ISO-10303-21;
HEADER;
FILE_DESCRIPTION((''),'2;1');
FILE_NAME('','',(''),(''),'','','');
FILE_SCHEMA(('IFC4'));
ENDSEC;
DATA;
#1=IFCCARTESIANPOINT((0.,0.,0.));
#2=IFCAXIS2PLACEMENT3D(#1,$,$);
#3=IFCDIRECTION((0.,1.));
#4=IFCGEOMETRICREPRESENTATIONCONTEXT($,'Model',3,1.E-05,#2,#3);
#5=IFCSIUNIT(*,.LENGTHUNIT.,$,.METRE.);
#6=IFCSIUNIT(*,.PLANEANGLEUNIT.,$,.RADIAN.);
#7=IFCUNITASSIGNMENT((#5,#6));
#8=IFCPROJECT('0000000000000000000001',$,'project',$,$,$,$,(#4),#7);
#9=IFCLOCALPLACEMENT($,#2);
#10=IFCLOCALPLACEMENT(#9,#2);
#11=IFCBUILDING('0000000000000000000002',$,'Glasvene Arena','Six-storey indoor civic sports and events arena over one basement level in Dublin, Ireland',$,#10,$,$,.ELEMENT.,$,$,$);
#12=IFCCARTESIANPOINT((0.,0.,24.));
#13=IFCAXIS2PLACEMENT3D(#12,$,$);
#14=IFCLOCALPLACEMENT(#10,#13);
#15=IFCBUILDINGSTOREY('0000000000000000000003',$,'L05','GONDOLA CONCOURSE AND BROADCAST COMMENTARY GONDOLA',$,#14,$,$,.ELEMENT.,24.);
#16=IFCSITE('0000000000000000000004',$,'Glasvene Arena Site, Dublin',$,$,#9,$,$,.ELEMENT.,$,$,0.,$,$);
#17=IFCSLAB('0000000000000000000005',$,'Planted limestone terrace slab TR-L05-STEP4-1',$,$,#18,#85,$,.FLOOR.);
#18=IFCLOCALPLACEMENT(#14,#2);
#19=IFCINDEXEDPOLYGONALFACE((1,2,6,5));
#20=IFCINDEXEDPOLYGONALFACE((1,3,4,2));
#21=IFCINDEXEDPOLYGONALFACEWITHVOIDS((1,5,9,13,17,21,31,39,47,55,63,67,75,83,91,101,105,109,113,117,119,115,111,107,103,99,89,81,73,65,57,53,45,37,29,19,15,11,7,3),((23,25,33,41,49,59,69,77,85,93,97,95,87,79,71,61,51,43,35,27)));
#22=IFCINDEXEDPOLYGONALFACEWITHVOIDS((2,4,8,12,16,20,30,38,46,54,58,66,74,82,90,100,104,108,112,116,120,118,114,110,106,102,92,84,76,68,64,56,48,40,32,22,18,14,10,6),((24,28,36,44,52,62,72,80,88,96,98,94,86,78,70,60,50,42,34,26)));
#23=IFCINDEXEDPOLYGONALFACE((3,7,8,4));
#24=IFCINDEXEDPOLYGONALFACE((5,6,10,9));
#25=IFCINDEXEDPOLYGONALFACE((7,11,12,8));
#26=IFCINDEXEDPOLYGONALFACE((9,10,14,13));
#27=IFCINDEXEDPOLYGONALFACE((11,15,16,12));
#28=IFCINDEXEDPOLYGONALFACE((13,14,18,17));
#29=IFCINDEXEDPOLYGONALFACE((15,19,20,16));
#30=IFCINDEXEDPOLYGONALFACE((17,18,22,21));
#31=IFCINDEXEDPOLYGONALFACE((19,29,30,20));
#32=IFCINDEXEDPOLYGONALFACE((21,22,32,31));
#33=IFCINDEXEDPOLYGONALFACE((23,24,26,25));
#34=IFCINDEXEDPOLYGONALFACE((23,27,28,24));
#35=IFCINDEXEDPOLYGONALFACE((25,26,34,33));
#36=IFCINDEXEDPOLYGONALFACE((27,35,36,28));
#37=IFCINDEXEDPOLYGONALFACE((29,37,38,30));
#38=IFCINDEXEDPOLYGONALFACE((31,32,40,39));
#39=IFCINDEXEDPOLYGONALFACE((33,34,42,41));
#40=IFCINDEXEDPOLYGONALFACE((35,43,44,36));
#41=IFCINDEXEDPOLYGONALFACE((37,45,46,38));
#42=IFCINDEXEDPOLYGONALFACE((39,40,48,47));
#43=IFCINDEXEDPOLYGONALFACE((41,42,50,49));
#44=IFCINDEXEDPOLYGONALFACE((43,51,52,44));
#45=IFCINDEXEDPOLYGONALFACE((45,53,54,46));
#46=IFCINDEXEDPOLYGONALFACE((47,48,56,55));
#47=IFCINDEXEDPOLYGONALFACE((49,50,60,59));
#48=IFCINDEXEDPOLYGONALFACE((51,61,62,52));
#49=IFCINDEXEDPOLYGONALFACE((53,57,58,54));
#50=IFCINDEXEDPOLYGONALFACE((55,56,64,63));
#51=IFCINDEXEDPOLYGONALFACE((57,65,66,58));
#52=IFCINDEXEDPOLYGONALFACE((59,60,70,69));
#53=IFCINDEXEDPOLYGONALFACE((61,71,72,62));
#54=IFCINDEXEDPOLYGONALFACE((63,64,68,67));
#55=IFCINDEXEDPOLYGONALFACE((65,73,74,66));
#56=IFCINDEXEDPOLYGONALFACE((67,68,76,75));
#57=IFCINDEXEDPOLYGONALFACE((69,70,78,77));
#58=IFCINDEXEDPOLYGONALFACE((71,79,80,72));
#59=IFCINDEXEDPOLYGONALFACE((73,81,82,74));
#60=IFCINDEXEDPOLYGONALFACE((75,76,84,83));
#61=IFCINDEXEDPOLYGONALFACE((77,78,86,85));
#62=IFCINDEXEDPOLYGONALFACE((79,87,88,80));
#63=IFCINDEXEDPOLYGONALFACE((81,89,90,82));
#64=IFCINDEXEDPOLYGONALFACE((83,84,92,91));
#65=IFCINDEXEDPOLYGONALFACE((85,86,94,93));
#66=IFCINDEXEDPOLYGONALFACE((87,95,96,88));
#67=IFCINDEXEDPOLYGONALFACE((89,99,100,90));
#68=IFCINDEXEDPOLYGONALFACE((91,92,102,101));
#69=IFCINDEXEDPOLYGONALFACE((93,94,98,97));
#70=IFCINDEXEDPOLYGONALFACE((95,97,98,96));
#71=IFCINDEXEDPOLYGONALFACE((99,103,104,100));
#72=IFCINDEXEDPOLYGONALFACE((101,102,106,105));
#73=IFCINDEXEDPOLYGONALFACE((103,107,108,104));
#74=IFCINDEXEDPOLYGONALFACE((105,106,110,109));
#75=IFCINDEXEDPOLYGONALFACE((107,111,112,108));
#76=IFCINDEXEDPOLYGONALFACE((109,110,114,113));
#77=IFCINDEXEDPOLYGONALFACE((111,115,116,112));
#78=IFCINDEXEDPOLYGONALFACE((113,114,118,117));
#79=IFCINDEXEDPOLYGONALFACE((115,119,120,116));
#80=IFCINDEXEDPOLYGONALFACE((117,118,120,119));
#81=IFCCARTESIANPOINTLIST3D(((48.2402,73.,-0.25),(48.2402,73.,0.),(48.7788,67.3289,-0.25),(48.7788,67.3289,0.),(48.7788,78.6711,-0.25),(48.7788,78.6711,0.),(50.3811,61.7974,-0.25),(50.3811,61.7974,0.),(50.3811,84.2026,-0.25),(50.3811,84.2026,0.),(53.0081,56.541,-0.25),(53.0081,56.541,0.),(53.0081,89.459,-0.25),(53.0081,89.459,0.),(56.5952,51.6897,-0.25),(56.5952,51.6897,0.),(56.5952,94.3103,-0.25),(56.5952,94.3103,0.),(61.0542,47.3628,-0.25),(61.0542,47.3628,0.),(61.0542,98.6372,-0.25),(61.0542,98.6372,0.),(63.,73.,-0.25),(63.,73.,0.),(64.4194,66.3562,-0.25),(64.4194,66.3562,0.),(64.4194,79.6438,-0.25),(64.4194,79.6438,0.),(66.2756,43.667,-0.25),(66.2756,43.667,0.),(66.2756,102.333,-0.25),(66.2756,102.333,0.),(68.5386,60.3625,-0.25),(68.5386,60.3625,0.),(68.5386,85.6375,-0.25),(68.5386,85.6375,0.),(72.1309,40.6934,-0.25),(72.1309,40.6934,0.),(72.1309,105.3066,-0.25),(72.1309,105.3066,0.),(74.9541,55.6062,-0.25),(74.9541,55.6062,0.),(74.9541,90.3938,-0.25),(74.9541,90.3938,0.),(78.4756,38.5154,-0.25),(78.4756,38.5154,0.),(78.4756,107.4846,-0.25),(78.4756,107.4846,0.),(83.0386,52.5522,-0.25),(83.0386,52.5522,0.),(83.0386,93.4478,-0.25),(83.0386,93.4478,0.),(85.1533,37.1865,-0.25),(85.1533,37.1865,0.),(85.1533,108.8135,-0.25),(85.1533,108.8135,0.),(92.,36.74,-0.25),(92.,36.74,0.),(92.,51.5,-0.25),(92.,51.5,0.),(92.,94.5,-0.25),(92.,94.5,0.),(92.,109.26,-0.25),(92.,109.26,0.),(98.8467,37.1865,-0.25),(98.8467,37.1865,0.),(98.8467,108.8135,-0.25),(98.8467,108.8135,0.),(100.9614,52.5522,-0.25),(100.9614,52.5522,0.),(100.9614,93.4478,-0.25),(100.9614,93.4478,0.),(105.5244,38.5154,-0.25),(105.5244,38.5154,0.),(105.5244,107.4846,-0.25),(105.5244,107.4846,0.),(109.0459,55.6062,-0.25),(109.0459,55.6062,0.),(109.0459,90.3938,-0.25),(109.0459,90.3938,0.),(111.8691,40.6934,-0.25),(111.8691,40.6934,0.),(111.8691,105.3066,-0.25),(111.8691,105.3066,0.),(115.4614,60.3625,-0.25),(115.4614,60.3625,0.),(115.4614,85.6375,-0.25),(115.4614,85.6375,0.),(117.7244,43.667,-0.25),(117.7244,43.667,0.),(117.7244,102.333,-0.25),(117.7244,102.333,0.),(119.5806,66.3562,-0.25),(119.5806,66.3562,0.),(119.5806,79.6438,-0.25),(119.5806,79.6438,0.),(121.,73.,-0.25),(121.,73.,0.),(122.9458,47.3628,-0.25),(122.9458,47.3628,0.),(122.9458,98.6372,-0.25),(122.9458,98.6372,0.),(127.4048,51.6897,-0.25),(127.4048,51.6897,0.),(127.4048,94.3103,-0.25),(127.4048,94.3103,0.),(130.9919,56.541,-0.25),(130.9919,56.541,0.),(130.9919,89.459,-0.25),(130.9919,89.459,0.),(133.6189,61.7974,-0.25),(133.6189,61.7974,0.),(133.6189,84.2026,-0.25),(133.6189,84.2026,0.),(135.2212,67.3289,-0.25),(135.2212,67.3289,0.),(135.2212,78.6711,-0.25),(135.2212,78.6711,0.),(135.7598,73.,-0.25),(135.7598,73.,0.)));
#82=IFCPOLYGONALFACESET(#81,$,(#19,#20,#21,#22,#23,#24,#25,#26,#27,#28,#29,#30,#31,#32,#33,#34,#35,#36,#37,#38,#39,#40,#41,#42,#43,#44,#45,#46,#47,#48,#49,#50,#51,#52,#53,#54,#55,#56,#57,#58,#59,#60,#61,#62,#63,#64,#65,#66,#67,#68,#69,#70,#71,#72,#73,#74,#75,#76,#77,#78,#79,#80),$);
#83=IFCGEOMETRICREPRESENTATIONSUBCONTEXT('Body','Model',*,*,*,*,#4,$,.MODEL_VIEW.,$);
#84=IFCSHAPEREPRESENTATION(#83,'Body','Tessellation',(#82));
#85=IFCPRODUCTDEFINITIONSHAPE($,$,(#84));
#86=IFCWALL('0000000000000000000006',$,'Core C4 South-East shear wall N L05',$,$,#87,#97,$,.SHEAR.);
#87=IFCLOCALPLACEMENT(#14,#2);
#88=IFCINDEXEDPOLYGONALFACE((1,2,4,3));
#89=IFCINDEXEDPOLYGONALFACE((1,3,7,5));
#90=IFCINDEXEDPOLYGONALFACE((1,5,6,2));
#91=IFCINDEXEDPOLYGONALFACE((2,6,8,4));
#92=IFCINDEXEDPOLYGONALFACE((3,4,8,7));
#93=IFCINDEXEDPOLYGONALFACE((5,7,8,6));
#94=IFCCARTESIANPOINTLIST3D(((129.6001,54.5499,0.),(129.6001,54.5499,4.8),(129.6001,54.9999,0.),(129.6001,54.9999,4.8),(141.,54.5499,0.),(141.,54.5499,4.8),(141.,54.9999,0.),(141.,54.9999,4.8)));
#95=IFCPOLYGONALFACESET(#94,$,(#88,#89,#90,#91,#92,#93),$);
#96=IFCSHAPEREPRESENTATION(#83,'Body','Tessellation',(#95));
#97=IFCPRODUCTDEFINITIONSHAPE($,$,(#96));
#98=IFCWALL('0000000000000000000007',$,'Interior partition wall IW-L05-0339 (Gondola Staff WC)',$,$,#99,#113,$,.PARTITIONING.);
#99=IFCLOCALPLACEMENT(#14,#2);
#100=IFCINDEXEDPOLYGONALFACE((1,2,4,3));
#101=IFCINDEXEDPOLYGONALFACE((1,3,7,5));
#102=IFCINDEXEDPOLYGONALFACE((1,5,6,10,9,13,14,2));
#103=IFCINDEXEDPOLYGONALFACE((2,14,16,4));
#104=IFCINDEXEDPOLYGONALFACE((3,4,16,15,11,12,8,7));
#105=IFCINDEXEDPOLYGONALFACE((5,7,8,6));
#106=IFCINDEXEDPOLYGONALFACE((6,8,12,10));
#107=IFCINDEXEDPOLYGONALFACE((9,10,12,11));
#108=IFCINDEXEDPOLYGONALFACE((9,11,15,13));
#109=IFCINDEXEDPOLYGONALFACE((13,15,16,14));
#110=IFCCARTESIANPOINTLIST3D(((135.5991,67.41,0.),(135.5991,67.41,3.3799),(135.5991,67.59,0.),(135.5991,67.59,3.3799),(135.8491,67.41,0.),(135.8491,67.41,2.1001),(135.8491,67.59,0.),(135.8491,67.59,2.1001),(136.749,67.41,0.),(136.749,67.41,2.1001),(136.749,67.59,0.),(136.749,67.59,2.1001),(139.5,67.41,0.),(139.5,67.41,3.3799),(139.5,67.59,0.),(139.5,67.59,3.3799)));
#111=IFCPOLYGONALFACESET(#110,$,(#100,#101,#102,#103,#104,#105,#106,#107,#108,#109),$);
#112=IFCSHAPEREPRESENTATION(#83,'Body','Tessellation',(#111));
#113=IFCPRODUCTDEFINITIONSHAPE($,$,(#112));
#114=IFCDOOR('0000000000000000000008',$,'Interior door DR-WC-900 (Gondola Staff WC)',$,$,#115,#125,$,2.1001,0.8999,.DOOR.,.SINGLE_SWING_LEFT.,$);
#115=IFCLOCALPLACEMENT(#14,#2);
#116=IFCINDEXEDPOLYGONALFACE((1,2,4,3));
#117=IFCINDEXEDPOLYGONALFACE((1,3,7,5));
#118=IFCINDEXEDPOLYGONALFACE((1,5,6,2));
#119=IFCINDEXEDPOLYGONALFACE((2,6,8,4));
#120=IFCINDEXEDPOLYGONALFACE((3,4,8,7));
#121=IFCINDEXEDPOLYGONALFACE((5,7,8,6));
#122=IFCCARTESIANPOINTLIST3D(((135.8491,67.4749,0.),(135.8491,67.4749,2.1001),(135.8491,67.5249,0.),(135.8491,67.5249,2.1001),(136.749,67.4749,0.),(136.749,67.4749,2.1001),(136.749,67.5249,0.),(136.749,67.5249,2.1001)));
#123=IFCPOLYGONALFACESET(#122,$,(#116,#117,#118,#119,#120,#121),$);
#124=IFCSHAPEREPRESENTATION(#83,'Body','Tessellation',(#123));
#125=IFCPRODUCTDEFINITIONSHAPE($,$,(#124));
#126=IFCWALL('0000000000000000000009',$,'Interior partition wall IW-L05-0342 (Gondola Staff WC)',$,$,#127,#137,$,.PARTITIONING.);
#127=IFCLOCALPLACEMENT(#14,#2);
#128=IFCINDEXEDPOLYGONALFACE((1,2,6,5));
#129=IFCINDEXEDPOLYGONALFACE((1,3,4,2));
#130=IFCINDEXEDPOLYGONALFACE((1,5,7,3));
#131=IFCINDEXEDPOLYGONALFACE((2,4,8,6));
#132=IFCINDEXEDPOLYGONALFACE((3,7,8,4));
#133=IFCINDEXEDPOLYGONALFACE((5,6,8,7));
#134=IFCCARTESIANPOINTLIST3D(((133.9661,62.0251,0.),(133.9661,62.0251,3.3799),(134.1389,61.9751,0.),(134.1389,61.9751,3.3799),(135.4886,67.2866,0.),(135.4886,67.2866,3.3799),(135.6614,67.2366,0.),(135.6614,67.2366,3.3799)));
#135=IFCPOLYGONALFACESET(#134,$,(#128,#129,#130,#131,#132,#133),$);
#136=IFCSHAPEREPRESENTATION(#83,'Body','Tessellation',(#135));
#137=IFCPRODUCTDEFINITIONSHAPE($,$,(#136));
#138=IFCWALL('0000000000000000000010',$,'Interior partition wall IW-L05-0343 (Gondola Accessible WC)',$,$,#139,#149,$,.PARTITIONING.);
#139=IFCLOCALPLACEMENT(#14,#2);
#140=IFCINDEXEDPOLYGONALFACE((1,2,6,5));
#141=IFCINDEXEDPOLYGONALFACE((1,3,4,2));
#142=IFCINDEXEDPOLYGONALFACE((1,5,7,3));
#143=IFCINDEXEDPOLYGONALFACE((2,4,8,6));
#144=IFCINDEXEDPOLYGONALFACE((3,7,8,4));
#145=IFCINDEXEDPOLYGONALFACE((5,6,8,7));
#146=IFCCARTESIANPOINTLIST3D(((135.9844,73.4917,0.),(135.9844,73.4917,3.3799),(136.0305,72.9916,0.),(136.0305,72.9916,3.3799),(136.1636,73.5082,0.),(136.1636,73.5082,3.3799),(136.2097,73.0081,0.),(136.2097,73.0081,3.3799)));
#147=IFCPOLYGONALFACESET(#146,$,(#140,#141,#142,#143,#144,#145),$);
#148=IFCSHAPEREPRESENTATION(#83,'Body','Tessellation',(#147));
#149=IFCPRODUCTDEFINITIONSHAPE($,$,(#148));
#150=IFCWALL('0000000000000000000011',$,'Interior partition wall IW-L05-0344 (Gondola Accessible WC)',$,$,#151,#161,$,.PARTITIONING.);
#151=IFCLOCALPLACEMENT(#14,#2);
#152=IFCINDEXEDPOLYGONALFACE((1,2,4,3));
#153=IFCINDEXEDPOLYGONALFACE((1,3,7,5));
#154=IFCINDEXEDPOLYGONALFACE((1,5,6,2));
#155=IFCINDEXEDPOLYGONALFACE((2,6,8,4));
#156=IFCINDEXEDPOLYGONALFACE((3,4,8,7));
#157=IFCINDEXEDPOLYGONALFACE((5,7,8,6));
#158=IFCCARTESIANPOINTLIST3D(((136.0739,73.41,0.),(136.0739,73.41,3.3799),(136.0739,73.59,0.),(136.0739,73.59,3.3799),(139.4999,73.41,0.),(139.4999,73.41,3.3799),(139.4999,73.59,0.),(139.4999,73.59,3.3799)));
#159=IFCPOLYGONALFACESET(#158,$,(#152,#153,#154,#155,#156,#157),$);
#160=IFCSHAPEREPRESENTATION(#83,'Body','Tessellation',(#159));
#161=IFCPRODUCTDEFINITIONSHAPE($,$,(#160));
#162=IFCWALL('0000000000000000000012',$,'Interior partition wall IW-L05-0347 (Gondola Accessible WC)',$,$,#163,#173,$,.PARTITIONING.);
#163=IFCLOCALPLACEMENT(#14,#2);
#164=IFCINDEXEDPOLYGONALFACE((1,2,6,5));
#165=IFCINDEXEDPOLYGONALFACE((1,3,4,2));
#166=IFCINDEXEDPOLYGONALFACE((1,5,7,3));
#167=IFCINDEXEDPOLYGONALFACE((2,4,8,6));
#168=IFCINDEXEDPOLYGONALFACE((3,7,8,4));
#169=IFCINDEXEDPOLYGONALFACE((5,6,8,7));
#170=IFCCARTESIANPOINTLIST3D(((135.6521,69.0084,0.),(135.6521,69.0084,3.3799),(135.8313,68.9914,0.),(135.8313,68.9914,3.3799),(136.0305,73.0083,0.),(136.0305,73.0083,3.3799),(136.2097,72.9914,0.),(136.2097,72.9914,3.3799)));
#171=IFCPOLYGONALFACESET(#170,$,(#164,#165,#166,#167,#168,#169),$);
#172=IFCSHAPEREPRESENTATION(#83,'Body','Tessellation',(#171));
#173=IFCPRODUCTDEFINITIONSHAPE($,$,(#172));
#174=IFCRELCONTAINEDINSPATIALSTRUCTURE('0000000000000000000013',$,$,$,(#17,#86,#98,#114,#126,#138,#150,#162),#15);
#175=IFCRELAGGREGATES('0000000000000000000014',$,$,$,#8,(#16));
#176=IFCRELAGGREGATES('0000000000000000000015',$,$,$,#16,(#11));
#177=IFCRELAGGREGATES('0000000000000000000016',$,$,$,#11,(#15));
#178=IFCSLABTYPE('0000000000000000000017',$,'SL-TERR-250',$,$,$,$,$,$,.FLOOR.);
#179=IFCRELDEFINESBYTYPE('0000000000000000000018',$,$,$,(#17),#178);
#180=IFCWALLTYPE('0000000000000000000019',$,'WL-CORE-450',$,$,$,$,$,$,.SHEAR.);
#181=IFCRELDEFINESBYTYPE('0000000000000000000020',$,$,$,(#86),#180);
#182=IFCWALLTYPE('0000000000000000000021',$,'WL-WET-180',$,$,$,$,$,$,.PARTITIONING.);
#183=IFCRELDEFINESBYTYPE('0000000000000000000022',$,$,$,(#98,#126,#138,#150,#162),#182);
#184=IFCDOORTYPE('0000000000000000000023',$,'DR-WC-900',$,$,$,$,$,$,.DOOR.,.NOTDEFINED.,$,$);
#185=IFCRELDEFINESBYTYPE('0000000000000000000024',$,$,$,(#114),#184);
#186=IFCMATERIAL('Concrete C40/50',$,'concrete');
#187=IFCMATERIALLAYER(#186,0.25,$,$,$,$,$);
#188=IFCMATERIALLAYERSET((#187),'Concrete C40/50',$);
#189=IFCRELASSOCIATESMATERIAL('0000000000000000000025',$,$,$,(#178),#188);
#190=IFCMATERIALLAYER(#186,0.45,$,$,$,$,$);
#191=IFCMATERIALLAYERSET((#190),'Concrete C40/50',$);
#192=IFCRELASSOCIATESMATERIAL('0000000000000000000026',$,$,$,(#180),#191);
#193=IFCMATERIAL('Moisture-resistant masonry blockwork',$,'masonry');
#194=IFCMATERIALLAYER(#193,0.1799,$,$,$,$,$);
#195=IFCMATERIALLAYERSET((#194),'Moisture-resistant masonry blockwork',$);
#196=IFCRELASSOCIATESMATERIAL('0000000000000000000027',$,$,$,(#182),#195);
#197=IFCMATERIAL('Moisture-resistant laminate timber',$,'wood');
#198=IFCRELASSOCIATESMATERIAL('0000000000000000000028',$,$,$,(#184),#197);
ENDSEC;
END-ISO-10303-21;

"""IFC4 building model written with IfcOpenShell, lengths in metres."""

from ifc_helpers import new_model, si_unit, direction, frame, frame_2d, origin, place, context, subcontext, project, spatial, polyline, rectangle, outline, extrude, material, layer, layer_set, type_object, element, fill, save


model = new_model("IFC4")

# Units and contexts
model_context = context("Model", 3, precision=1e-05, world=origin(), true_north=direction((0.0, 1.0)))
body_context = subcontext(model_context, "Body", "Model", "MODEL_VIEW")
ifc_project = project(units=[si_unit("LENGTHUNIT", "METRE"), si_unit("PLANEANGLEUNIT", "RADIAN")], contexts=[model_context])

# Site, building, storey
site_placement = place(None, origin())
site = spatial("IfcSite", under=ifc_project, at=site_placement, Name="Glasvene Arena Site, Dublin", CompositionType="ELEMENT", RefElevation=0.0)
building_placement = place(site_placement, origin())
building = spatial("IfcBuilding", under=site, at=building_placement, Name="Glasvene Arena", Description="Six-storey indoor civic sports and events arena over one basement level in Dublin, Ireland", CompositionType="ELEMENT")
storey_placement = place(building_placement, frame((0.0, 0.0, 24.0)))
storey = spatial("IfcBuildingStorey", under=building, at=storey_placement, Name="L05", Description="GONDOLA CONCOURSE AND BROADCAST COMMENTARY GONDOLA", CompositionType="ELEMENT", Elevation=24.0)

# Slab
ifc_material_1 = material(Name="Concrete C40/50", Category="concrete")
ifc_layer_1 = layer(ifc_material_1, 0.25)
ifc_layer_set_1 = layer_set([ifc_layer_1], Name="Concrete C40/50")
slab_type = type_object("IfcSlabType", Name="SL-TERR-250", PredefinedType="FLOOR", material=ifc_layer_set_1)
slab_placement = place(storey_placement, frame((92.0, 73.0, -0.25)))
element("IfcSlab", 1, at=slab_placement, inside=storey, type_object=slab_type, Name="Planted limestone terrace slab TR-L05-STEP4-1", PredefinedType="FLOOR", context=body_context, shape_type="SweptSolid", body=[
    extrude(outline(polyline([(43.2212, -5.6711), (41.6189, -11.2026), (38.9919, -16.459), (35.4048, -21.3103), (30.9458, -25.6372), (25.7244, -29.333), (19.8691, -32.3066), (13.5244, -34.4846), (6.8467, -35.8135), (0.0, -36.26), (-6.8467, -35.8135), (-13.5244, -34.4846), (-19.8691, -32.3066), (-25.7244, -29.333), (-30.9458, -25.6372), (-35.4048, -21.3103), (-38.9919, -16.459), (-41.6189, -11.2026), (-43.2212, -5.6711), (-43.7598, 0.0), (-43.2212, 5.6711), (-41.6189, 11.2026), (-38.9919, 16.459), (-35.4048, 21.3103), (-30.9458, 25.6372), (-25.7244, 29.333), (-19.8691, 32.3066), (-13.5244, 34.4846), (-6.8467, 35.8135), (0.0, 36.26), (6.8467, 35.8135), (13.5244, 34.4846), (19.8691, 32.3066), (25.7244, 29.333), (30.9458, 25.6372), (35.4048, 21.3103), (38.9919, 16.459), (41.6189, 11.2026), (43.2212, 5.6711), (43.7598, 0.0), (43.2212, -5.6711)]), holes=[polyline([(17.0459, 17.3938), (8.9614, 20.4478), (0.0, 21.5), (-8.9614, 20.4478), (-17.0459, 17.3938), (-23.4614, 12.6375), (-27.5806, 6.6438), (-29.0, 0.0), (-27.5806, -6.6438), (-23.4614, -12.6375), (-17.0459, -17.3938), (-8.9614, -20.4478), (0.0, -21.5), (8.9614, -20.4478), (17.0459, -17.3938), (23.4614, -12.6375), (27.5806, -6.6438), (29.0, 0.0), (27.5806, 6.6438), (23.4614, 12.6375), (17.0459, 17.3938)])]), origin(), (0.0, 0.0, 1.0), 0.25),
])

# Wall
ifc_layer_2 = layer(ifc_material_1, 0.45)
ifc_layer_set_2 = layer_set([ifc_layer_2], Name="Concrete C40/50")
wall_type_1 = type_object("IfcWallType", Name="WL-CORE-450", PredefinedType="SHEAR", material=ifc_layer_set_2)
wall_1_placement = place(storey_placement, frame((129.6001, 54.7749, 0.0), z_axis=(0.0, 0.0, 1.0), x_axis=(1.0, 0.0, 0.0)))
element("IfcWall", 2, at=wall_1_placement, inside=storey, type_object=wall_type_1, Name="Core C4 South-East shear wall N L05", PredefinedType="SHEAR", context=body_context, shape_type="SweptSolid", body=[
    extrude(rectangle(XDim=11.3999, YDim=0.45, at=frame_2d((5.7, 0.0))), origin(), (0.0, 0.0, 1.0), 4.8),
])

# Wall, opening, door
ifc_material_2 = material(Name="Moisture-resistant masonry blockwork", Category="masonry")
ifc_layer_3 = layer(ifc_material_2, 0.1799)
ifc_layer_set_3 = layer_set([ifc_layer_3], Name="Moisture-resistant masonry blockwork")
wall_type_2 = type_object("IfcWallType", Name="WL-WET-180", PredefinedType="PARTITIONING", material=ifc_layer_set_3)
wall_2_placement = place(storey_placement, frame((135.5991, 67.5, 0.0), z_axis=(0.0, 0.0, 1.0), x_axis=(1.0, 0.0, 0.0)))
wall_2 = element("IfcWall", 3, at=wall_2_placement, inside=storey, type_object=wall_type_2, Name="Interior partition wall IW-L05-0339 (Gondola Staff WC)", PredefinedType="PARTITIONING", context=body_context, shape_type="SweptSolid", body=[
    extrude(rectangle(XDim=3.9009, YDim=0.1799, at=frame_2d((1.9504, 0.0))), origin(), (0.0, 0.0, 1.0), 3.3799),
])
opening_placement = place(wall_2_placement, frame((0.25, 0.0, 0.0)))
opening = element("IfcOpeningElement", 4, at=opening_placement, cuts=wall_2, PredefinedType="OPENING", context=body_context, shape_type="SweptSolid", body=[
    extrude(rectangle(XDim=0.8999, YDim=2.1001, at=frame_2d((0.45, 1.05))), frame((0.0, 0.1001, 0.0), z_axis=(0.0, -1.0, 0.0), x_axis=(1.0, 0.0, 0.0)), (0.0, 0.0, 1.0), 0.2),
])
ifc_material_3 = material(Name="Moisture-resistant laminate timber", Category="wood")
door_type = type_object("IfcDoorType", Name="DR-WC-900", OperationType="NOTDEFINED", PredefinedType="DOOR", material=ifc_material_3)
door_placement = place(opening_placement, origin())
door = element("IfcDoor", 5, at=door_placement, inside=storey, type_object=door_type, Name="Interior door DR-WC-900 (Gondola Staff WC)", OperationType="SINGLE_SWING_LEFT", OverallHeight=2.1001, OverallWidth=0.8999, PredefinedType="DOOR", context=body_context, shape_type="SweptSolid", body=[
    extrude(rectangle(XDim=0.8999, YDim=2.1001, at=frame_2d((0.45, 1.05))), frame((0.0, 0.0249, 0.0), z_axis=(0.0, -1.0, 0.0), x_axis=(1.0, 0.0, 0.0)), (0.0, 0.0, 1.0), 0.05),
])
fill(opening, door)

# Walls
wall_3_placement = place(storey_placement, frame((134.0525, 62.0, 0.0), z_axis=(0.0, 0.0, 1.0), x_axis=(0.277957, 0.960593, 0.0)))
element("IfcWall", 6, at=wall_3_placement, inside=storey, type_object=wall_type_2, Name="Interior partition wall IW-L05-0342 (Gondola Staff WC)", PredefinedType="PARTITIONING", context=body_context, shape_type="SweptSolid", body=[
    extrude(rectangle(XDim=5.4773, YDim=0.1799, at=frame_2d((2.7388, 0.0))), origin(), (0.0, 0.0, 1.0), 3.3799),
])
wall_4_placement = place(storey_placement, frame((136.1201, 73.0, 0.0), z_axis=(0.0, 0.0, 1.0), x_axis=(-0.091895, 0.995769, 0.0)))
element("IfcWall", 7, at=wall_4_placement, inside=storey, type_object=wall_type_2, Name="Interior partition wall IW-L05-0343 (Gondola Accessible WC)", PredefinedType="PARTITIONING", context=body_context, shape_type="SweptSolid", body=[
    extrude(rectangle(XDim=0.5022, YDim=0.1799, at=frame_2d((0.251, 0.0))), origin(), (0.0, 0.0, 1.0), 3.3799),
])
wall_5_placement = place(storey_placement, frame((136.074, 73.5, 0.0), z_axis=(0.0, 0.0, 1.0), x_axis=(1.0, 0.0, 0.0)))
element("IfcWall", 8, at=wall_5_placement, inside=storey, type_object=wall_type_2, Name="Interior partition wall IW-L05-0344 (Gondola Accessible WC)", PredefinedType="PARTITIONING", context=body_context, shape_type="SweptSolid", body=[
    extrude(rectangle(XDim=3.426, YDim=0.1799, at=frame_2d((1.7129, 0.0))), origin(), (0.0, 0.0, 1.0), 3.3799),
])
wall_6_placement = place(storey_placement, frame((135.7417, 69.0, 0.0), z_axis=(0.0, 0.0, 1.0), x_axis=(0.094184, 0.995555, 0.0)))
element("IfcWall", 9, at=wall_6_placement, inside=storey, type_object=wall_type_2, Name="Interior partition wall IW-L05-0347 (Gondola Accessible WC)", PredefinedType="PARTITIONING", context=body_context, shape_type="SweptSolid", body=[
    extrude(rectangle(XDim=4.0178, YDim=0.1799, at=frame_2d((2.0088, 0.0))), origin(), (0.0, 0.0, 1.0), 3.3799),
])

save(model, "model.ifc")
